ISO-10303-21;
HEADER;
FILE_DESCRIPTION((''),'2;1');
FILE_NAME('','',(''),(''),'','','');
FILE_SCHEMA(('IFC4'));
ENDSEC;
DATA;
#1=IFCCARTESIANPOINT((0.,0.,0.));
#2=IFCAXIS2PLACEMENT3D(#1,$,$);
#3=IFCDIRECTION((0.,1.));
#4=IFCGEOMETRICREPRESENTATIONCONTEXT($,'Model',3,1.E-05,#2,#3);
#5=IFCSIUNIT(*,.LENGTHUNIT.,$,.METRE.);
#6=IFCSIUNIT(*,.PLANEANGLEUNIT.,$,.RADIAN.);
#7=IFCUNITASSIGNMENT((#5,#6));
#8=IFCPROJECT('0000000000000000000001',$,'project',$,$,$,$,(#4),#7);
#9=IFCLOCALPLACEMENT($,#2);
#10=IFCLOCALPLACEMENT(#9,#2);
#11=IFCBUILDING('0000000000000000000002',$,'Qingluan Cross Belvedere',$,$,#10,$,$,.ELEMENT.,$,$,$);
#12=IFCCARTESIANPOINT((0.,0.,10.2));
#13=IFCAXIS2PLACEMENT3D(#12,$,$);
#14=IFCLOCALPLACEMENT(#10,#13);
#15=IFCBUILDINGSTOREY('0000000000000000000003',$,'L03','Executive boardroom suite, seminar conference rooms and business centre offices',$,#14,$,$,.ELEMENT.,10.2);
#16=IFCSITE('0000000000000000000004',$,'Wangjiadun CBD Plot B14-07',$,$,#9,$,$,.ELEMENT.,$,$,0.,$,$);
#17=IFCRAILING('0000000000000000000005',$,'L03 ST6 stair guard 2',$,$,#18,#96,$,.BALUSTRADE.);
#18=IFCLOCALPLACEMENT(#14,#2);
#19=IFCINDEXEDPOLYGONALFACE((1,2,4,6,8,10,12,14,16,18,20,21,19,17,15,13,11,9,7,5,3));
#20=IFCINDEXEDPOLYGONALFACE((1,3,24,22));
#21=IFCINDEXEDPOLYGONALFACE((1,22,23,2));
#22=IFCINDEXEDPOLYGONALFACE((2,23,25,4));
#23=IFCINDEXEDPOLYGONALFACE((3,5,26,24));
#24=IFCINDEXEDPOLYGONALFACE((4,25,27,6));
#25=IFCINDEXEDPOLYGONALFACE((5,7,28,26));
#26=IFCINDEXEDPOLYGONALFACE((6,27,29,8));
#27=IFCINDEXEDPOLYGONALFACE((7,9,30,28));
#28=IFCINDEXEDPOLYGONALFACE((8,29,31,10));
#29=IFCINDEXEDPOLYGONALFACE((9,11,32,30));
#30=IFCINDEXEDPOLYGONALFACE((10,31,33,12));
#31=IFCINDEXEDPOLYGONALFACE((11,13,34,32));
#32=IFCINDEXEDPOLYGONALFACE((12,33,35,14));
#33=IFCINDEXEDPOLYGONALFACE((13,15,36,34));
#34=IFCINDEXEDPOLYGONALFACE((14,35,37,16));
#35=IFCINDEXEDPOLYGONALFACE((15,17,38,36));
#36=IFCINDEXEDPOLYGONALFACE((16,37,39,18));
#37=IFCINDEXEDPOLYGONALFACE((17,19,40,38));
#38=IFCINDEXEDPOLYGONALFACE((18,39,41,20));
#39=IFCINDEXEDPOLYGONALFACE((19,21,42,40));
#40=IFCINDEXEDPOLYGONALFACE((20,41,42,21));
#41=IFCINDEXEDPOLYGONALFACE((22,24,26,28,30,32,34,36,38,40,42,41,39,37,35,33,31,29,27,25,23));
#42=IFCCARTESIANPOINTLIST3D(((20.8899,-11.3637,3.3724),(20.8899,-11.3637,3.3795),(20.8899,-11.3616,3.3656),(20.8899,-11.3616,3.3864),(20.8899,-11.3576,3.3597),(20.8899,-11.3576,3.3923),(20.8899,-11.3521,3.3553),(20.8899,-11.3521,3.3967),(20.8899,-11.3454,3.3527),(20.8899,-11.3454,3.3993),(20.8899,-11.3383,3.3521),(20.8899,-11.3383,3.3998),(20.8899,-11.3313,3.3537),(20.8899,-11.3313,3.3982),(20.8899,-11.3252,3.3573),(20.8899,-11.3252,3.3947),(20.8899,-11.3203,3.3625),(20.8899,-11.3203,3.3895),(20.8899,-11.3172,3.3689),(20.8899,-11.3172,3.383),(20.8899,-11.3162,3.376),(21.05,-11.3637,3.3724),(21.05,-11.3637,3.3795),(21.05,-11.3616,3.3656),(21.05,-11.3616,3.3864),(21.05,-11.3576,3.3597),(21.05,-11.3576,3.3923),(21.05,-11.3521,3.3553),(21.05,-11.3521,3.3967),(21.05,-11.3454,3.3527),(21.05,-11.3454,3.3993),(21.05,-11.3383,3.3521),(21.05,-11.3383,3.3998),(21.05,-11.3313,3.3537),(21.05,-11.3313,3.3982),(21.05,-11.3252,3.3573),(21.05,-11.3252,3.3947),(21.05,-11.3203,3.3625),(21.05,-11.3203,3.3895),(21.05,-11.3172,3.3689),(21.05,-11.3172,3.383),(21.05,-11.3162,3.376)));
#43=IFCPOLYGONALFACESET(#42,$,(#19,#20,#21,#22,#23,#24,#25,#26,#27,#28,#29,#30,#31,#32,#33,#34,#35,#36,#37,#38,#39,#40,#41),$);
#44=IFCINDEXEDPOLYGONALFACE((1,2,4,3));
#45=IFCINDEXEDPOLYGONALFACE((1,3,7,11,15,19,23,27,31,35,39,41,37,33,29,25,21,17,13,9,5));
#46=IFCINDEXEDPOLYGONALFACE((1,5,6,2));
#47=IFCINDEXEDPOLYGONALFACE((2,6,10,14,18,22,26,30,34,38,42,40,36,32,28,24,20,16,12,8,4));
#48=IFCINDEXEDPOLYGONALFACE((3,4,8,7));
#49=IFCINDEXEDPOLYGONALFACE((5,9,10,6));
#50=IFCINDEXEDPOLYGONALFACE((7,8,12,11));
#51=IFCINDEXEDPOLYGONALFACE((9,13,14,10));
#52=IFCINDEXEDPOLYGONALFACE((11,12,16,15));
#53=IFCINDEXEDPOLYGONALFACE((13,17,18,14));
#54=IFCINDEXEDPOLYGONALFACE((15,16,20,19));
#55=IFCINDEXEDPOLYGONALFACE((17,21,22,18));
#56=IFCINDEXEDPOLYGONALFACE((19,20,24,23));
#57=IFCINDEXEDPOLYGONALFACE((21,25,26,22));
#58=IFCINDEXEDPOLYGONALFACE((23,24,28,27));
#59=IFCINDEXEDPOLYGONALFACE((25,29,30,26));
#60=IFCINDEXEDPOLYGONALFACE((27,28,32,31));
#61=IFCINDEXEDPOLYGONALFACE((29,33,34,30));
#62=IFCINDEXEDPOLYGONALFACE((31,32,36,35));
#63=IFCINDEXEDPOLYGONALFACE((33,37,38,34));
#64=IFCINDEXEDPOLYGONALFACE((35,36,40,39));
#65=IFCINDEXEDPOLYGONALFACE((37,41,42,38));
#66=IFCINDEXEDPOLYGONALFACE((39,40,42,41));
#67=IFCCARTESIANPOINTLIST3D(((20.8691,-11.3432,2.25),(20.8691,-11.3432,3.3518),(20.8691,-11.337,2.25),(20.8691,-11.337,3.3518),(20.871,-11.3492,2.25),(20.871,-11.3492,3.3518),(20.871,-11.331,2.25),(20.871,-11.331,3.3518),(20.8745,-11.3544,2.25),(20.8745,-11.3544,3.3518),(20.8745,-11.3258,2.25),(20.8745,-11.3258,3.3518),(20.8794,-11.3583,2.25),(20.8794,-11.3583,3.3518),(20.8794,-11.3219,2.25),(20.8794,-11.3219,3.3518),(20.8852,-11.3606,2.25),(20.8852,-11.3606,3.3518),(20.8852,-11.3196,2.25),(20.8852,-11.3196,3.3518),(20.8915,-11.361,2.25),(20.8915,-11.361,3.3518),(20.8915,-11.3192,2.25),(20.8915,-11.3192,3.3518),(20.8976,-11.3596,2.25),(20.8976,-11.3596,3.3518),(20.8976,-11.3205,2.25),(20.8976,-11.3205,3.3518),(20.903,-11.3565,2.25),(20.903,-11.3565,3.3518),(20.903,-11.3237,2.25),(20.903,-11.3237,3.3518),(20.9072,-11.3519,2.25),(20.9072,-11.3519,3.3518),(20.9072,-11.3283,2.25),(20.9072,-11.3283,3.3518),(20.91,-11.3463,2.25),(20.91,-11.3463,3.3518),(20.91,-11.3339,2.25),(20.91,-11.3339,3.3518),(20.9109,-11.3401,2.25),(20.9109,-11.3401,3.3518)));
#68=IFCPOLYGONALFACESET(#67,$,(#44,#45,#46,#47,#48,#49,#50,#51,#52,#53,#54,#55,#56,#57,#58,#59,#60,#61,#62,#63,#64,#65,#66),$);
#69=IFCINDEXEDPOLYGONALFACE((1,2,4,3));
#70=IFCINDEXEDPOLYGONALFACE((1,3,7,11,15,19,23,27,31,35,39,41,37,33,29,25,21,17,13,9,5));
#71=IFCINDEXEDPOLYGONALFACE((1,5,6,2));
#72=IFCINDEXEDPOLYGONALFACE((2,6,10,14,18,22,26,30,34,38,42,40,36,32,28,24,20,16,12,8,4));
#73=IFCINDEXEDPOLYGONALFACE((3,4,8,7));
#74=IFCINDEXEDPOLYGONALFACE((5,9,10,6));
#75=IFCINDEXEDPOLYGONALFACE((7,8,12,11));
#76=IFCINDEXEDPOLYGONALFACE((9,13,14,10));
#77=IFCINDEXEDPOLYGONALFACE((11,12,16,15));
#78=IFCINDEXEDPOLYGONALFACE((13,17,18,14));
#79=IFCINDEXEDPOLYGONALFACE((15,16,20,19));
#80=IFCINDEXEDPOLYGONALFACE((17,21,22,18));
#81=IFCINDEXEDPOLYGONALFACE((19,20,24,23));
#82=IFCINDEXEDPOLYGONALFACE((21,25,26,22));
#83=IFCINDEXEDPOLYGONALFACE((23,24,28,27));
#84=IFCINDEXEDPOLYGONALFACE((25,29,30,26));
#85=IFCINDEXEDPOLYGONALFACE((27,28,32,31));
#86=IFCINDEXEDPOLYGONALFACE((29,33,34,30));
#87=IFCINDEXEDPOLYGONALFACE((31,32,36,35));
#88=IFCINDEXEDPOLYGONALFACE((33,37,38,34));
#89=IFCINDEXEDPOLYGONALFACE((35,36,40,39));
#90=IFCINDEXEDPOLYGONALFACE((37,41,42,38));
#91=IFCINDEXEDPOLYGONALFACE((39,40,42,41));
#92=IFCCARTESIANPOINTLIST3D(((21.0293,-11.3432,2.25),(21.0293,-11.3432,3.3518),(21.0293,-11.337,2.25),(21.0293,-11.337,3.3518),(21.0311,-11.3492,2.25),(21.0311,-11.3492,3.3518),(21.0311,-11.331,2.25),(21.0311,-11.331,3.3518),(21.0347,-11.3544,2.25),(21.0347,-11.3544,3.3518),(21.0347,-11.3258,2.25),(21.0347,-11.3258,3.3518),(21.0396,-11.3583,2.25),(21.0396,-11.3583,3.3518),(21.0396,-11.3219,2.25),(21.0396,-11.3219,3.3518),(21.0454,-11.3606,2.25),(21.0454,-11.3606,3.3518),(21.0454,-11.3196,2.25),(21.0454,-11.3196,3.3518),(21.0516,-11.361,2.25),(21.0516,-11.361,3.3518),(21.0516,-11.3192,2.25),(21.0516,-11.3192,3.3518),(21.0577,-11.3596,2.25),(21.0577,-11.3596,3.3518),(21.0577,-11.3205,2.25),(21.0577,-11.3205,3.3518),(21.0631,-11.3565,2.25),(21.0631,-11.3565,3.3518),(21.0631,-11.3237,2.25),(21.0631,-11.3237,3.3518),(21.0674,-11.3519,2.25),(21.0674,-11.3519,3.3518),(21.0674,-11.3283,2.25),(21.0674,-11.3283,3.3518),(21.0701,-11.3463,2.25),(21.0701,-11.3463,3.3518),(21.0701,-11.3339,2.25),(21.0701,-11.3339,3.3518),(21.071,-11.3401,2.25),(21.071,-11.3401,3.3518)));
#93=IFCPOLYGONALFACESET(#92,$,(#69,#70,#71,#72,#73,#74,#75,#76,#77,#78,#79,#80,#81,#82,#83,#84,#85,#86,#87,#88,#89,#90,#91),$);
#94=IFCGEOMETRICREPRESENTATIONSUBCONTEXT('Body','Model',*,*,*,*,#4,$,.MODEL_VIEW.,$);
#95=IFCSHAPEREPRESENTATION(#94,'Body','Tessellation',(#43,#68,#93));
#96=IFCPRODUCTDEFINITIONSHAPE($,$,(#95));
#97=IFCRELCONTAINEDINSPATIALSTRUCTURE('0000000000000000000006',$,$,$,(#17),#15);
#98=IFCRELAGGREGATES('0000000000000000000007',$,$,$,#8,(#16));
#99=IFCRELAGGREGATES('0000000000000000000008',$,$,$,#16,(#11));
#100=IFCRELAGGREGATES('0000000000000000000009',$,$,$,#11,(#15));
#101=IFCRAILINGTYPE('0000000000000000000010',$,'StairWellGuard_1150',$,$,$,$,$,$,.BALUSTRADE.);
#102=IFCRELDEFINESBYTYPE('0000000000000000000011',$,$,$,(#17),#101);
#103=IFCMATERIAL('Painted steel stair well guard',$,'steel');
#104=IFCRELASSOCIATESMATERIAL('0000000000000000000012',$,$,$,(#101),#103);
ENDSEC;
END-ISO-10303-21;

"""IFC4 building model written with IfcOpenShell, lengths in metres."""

from ifc_helpers import new_model, si_unit, direction, frame, origin, origin_2d, place, context, subcontext, project, spatial, circle, extrude, material, type_object, element, save


model = new_model("IFC4")

# Units and contexts
model_context = context("Model", 3, precision=1e-05, world=origin(), true_north=direction((0.0, 1.0)))
body_context = subcontext(model_context, "Body", "Model", "MODEL_VIEW")
ifc_project = project(units=[si_unit("LENGTHUNIT", "METRE"), si_unit("PLANEANGLEUNIT", "RADIAN")], contexts=[model_context])

# Site, building, storey
site_placement = place(None, origin())
site = spatial("IfcSite", under=ifc_project, at=site_placement, Name="Wangjiadun CBD Plot B14-07", CompositionType="ELEMENT", RefElevation=0.0)
building_placement = place(site_placement, origin())
building = spatial("IfcBuilding", under=site, at=building_placement, Name="Qingluan Cross Belvedere", CompositionType="ELEMENT")
storey_placement = place(building_placement, frame((0.0, 0.0, 10.2)))
storey = spatial("IfcBuildingStorey", under=building, at=storey_placement, Name="L03", Description="Executive boardroom suite, seminar conference rooms and business centre offices", CompositionType="ELEMENT", Elevation=10.2)

# Railing
ifc_material_1 = material(Name="Painted steel stair well guard", Category="steel")
railing_type_1 = type_object("IfcRailingType", Name="StairWellGuard_1150", PredefinedType="BALUSTRADE", material=ifc_material_1)
railing_1_placement = place(storey_placement, frame((20.8899, -11.3401, 2.25)))
element("IfcRailing", 1, at=railing_1_placement, inside=storey, type_object=railing_type_1, Name="L03 ST6 stair guard 2", PredefinedType="BALUSTRADE", context=body_context, shape_type="SweptSolid", body=[
    extrude(circle(Radius=0.0239, at=origin_2d()), frame((0.0, 0.0, 1.126), z_axis=(1.0, 0.0, 0.0), x_axis=(0.0, 1.0, 0.0)), (0.0, 0.0, 1.0), 0.1602),
    extrude(circle(Radius=0.021, at=origin_2d()), origin(), (0.0, 0.0, 1.0), 1.1018),
    extrude(circle(Radius=0.021, at=origin_2d()), frame((0.1602, 0.0, 0.0)), (0.0, 0.0, 1.0), 1.1018),
])

save(model, "model.ifc")
